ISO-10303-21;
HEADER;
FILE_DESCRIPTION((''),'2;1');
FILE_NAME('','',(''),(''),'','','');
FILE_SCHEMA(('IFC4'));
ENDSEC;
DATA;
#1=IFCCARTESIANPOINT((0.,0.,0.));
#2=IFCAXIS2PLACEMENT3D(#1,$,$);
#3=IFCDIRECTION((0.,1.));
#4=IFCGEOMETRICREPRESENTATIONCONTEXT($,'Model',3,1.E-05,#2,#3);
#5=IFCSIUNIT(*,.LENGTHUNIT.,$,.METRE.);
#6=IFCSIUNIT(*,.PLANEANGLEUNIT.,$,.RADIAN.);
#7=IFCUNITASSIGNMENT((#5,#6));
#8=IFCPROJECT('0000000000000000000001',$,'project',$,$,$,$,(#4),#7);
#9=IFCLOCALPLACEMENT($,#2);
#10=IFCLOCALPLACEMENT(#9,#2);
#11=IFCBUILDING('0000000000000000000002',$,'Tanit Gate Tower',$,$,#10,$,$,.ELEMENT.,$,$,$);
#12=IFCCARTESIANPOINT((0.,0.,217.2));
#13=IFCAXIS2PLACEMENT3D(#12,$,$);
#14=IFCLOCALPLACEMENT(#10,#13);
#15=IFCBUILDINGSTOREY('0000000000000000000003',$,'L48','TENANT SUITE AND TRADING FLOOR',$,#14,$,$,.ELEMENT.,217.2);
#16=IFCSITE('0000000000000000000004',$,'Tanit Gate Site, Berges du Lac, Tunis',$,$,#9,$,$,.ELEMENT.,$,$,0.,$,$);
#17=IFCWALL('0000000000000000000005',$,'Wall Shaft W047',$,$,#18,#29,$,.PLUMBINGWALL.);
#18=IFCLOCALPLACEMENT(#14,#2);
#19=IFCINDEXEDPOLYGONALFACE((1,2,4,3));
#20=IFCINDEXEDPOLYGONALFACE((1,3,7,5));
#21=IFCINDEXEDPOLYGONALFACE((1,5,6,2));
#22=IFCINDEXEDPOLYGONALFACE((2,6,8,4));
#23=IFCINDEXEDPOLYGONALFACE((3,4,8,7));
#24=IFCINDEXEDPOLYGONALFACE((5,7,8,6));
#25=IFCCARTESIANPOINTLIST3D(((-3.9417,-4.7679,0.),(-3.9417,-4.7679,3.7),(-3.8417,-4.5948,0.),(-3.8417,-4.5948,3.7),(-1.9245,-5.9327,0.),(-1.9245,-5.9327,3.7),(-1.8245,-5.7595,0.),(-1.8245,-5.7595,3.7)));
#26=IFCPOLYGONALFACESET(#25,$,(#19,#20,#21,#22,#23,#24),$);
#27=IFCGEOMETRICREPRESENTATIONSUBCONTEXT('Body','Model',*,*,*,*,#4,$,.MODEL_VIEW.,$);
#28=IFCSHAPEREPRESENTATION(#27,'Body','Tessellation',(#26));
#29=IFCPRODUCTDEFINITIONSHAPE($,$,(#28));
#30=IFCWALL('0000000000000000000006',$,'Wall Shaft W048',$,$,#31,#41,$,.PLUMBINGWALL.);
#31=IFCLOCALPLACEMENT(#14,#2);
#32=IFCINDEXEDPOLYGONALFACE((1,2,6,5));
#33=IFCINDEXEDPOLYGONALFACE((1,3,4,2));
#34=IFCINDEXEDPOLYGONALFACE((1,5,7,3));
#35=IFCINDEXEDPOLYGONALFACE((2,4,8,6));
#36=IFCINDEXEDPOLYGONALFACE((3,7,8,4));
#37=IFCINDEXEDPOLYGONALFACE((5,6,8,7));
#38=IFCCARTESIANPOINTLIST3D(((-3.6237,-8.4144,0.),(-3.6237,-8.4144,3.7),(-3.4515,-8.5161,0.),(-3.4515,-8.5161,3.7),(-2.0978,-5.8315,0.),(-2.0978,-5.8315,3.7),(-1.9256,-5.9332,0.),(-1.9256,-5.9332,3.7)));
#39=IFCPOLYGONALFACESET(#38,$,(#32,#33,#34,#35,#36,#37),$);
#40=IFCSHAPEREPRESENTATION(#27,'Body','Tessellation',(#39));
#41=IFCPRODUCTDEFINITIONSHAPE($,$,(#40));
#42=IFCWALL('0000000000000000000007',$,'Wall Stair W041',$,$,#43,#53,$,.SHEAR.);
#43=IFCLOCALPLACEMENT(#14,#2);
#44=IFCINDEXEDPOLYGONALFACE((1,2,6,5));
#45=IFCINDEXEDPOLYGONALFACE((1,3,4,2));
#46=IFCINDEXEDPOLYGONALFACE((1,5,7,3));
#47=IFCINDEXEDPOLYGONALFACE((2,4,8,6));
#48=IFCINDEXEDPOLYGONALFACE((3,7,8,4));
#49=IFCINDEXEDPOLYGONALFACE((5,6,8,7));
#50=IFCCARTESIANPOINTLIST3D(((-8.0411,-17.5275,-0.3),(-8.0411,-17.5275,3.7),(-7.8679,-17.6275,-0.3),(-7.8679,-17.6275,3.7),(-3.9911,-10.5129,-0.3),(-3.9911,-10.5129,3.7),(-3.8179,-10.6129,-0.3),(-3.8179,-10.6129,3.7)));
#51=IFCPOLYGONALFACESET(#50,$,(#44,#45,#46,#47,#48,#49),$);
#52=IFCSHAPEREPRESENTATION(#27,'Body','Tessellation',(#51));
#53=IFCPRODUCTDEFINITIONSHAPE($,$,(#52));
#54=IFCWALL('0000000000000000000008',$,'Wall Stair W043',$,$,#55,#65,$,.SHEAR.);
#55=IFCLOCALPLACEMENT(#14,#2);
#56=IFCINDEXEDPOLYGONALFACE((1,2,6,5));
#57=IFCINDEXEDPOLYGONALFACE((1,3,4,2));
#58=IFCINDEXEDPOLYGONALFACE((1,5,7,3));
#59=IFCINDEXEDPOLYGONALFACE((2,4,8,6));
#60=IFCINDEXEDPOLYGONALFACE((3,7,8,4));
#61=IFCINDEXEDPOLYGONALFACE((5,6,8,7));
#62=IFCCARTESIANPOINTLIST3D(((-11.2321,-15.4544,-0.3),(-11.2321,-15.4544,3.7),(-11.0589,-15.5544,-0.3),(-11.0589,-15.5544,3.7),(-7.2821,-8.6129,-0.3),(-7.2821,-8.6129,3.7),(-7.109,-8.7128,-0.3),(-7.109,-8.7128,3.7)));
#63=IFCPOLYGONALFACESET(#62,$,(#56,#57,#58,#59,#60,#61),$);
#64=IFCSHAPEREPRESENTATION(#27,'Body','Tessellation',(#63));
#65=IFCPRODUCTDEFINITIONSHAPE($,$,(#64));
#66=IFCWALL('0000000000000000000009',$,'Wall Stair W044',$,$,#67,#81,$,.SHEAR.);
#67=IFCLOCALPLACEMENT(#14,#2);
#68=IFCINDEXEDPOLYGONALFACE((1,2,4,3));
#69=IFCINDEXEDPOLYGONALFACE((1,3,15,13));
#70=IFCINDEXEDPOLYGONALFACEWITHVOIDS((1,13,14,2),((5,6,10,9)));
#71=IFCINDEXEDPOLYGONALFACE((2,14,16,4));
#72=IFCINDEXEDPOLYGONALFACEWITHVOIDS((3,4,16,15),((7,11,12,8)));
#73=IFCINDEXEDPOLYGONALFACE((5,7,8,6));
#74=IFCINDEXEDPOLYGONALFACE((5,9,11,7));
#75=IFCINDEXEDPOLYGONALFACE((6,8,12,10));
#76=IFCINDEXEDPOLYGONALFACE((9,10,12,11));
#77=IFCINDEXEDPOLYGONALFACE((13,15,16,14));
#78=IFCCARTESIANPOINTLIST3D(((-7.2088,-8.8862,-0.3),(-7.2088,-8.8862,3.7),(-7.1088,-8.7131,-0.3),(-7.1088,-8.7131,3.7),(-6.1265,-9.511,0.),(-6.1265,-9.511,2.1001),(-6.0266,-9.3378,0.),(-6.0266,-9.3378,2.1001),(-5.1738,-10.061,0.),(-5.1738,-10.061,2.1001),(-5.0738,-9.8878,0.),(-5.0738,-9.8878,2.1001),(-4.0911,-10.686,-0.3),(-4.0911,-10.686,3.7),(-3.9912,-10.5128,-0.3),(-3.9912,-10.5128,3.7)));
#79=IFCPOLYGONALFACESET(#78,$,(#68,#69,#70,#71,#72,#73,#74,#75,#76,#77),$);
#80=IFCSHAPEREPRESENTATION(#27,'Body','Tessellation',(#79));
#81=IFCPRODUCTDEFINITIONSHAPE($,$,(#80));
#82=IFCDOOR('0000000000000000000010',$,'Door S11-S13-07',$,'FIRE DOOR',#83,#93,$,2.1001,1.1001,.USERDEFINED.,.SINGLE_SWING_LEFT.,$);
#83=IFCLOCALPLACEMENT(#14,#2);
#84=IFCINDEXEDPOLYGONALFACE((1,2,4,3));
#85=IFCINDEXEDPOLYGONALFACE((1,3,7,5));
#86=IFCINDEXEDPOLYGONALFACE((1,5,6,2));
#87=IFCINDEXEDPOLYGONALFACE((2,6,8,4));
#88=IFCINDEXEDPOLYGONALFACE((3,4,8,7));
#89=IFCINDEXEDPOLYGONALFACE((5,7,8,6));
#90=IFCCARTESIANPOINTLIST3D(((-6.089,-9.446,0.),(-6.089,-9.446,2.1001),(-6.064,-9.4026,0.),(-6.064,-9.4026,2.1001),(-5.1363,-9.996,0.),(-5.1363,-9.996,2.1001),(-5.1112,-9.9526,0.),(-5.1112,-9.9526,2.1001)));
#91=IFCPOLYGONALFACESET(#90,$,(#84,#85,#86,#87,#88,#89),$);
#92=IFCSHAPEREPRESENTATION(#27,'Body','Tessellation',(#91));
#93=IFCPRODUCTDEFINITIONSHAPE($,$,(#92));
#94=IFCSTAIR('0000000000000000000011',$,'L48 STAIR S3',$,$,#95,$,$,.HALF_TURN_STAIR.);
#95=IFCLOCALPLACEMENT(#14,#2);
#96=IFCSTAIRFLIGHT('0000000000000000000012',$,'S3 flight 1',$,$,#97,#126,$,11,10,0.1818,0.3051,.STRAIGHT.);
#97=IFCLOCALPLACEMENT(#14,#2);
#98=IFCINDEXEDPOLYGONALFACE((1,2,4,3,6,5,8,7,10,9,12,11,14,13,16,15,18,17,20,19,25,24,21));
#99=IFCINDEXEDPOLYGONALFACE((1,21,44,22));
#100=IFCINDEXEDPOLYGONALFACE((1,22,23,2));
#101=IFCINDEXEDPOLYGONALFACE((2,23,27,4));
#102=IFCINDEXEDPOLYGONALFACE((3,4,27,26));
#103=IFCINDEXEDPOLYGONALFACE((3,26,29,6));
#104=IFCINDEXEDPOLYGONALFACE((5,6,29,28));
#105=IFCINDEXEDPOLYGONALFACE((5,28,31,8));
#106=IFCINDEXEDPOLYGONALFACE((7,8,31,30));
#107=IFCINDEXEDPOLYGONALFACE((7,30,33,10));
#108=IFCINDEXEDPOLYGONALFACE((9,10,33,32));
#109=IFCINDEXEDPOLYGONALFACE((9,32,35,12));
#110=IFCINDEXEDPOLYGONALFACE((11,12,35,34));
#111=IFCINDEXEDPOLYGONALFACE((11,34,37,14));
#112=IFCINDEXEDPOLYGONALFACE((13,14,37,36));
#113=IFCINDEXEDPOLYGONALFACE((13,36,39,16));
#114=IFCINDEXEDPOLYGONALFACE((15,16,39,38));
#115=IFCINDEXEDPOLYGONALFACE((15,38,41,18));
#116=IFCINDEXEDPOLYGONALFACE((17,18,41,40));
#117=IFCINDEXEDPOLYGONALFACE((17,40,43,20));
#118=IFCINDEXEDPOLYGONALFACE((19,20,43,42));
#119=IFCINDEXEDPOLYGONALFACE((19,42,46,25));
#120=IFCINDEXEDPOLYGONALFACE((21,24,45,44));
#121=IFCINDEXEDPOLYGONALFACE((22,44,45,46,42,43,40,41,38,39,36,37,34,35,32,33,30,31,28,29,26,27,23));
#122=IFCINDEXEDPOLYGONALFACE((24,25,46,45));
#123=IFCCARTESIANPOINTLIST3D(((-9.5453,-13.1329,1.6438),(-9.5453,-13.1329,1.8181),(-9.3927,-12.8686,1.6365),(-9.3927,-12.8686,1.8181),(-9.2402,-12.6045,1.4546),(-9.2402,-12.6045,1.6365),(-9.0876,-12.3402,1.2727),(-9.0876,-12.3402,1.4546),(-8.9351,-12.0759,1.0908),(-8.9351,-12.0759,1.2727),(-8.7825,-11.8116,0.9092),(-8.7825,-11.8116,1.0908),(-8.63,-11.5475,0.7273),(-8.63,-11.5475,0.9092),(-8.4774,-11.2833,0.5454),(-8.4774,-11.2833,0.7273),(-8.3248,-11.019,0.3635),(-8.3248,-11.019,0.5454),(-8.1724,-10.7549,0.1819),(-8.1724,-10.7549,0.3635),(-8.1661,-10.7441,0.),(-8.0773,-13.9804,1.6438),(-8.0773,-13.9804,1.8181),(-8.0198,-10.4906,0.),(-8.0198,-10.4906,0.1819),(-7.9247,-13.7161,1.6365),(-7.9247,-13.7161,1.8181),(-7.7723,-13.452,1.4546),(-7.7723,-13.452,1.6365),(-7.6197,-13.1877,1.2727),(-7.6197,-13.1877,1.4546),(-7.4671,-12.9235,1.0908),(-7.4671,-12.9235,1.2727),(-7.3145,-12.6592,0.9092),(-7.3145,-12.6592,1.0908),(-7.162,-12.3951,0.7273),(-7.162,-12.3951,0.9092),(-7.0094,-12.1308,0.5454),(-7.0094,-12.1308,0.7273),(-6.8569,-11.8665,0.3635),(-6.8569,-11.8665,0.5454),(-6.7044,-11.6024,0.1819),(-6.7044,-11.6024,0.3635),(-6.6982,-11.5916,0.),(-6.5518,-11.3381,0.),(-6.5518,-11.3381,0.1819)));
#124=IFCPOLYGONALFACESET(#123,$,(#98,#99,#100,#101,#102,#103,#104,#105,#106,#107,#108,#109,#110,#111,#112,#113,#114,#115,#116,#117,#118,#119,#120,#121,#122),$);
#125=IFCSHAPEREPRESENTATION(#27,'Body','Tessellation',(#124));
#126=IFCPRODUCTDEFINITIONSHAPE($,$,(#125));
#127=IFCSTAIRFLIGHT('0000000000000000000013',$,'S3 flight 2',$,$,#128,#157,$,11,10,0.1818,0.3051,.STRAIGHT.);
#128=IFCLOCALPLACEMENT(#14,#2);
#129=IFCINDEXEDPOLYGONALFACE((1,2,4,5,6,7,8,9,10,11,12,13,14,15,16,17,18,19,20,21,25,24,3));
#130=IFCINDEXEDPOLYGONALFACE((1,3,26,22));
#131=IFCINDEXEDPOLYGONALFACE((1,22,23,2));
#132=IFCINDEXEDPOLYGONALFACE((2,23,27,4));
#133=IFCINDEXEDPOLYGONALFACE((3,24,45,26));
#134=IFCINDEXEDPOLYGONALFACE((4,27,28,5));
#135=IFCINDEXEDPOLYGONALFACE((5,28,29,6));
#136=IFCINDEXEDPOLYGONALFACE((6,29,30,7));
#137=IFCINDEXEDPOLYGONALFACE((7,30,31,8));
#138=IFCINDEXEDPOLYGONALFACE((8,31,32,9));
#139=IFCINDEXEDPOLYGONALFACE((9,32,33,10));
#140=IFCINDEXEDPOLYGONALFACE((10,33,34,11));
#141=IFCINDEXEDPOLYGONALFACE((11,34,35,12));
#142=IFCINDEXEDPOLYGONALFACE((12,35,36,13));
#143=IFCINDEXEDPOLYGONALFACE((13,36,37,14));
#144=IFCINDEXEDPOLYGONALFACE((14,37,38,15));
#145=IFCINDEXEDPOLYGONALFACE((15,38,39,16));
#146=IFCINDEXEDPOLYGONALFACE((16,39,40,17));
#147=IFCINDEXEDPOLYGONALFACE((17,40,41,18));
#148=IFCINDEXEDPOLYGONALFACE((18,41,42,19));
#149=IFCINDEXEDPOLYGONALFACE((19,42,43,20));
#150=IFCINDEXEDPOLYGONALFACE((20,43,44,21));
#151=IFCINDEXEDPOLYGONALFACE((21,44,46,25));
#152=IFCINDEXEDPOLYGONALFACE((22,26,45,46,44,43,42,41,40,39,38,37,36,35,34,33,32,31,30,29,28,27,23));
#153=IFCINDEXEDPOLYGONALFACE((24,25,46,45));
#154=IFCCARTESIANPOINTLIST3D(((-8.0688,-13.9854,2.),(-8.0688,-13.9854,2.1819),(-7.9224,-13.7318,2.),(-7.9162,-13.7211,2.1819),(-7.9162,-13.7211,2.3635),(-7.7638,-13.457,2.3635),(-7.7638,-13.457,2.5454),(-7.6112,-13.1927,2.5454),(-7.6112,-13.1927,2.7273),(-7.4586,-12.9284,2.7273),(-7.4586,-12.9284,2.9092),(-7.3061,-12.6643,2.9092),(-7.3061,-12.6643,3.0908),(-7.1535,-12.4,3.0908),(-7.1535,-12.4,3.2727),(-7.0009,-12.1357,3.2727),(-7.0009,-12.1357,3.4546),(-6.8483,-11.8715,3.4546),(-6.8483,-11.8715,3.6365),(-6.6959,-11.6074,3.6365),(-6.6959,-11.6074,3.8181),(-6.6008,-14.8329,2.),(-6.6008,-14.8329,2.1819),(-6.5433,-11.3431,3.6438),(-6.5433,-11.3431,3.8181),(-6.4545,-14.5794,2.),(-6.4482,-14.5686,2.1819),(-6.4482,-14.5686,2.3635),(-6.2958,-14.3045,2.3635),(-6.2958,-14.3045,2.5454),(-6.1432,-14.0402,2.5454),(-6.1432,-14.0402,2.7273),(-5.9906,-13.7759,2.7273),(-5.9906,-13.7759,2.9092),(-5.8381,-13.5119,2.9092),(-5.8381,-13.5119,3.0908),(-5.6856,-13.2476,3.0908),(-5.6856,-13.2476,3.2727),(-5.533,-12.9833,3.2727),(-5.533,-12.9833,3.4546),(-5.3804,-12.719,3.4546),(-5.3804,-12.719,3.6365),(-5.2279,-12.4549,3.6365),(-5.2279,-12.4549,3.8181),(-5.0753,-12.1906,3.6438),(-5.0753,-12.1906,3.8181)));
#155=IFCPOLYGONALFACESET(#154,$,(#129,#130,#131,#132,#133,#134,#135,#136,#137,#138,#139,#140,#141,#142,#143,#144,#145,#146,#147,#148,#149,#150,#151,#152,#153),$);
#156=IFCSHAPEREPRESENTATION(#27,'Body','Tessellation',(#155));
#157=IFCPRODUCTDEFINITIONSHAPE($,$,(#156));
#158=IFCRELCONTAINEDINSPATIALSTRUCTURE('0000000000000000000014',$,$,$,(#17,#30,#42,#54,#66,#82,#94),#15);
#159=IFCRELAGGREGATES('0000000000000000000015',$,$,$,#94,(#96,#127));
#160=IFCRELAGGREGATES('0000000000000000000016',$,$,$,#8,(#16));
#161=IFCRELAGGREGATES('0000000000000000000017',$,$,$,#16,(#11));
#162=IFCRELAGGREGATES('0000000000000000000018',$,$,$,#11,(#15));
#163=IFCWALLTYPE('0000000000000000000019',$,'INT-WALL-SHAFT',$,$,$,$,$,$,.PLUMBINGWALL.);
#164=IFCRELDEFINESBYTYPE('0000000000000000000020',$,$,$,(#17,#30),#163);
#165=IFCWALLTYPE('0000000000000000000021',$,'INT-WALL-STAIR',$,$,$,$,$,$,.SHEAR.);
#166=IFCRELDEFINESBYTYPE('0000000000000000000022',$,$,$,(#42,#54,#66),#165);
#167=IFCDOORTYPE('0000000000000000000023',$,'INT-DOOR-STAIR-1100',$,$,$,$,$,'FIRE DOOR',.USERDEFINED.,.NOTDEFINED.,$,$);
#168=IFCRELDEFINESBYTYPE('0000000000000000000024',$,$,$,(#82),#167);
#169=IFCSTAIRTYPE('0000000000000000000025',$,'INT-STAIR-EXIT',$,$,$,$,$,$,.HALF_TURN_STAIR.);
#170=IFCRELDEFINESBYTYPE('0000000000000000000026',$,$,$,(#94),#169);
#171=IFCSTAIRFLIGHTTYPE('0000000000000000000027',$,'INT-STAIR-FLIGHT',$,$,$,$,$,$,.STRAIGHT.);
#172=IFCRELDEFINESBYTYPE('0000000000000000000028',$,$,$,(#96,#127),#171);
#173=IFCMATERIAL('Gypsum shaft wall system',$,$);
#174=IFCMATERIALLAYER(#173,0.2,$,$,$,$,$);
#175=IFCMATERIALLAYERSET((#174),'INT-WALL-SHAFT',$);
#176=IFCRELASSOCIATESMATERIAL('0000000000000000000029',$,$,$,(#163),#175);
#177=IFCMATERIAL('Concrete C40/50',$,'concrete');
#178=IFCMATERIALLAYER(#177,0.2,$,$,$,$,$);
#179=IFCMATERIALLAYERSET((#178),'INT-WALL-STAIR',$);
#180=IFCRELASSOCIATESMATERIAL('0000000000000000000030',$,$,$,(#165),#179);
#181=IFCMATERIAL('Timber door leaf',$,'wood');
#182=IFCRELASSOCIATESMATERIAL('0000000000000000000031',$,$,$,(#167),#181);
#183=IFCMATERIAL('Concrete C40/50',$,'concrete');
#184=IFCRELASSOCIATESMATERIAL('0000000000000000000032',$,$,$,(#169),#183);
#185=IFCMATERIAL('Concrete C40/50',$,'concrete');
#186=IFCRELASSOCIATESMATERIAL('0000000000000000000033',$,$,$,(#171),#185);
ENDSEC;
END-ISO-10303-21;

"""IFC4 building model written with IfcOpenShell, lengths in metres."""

from ifc_helpers import new_model, si_unit, direction, frame, frame_2d, origin, place, context, subcontext, project, spatial, polyline, rectangle, outline, extrude, material, layer, layer_set, type_object, element, fill, aggregate, save


model = new_model("IFC4")

# Units and contexts
model_context = context("Model", 3, precision=1e-05, world=origin(), true_north=direction((0.0, 1.0)))
body_context = subcontext(model_context, "Body", "Model", "MODEL_VIEW")
ifc_project = project(units=[si_unit("LENGTHUNIT", "METRE"), si_unit("PLANEANGLEUNIT", "RADIAN")], contexts=[model_context])

# Site, building, storey
site_placement = place(None, origin())
site = spatial("IfcSite", under=ifc_project, at=site_placement, Name="Tanit Gate Site, Berges du Lac, Tunis", CompositionType="ELEMENT", RefElevation=0.0)
building_placement = place(site_placement, origin())
building = spatial("IfcBuilding", under=site, at=building_placement, Name="Tanit Gate Tower", CompositionType="ELEMENT")
storey_placement = place(building_placement, frame((0.0, 0.0, 217.2)))
storey = spatial("IfcBuildingStorey", under=building, at=storey_placement, Name="L48", Description="TENANT SUITE AND TRADING FLOOR", CompositionType="ELEMENT", Elevation=217.2)

# Shared definitions
ifc_material_1 = material(Name="Gypsum shaft wall system")
ifc_layer_1 = layer(ifc_material_1, 0.2)
ifc_layer_set_1 = layer_set([ifc_layer_1], Name="INT-WALL-SHAFT")
wall_type_1 = type_object("IfcWallType", Name="INT-WALL-SHAFT", PredefinedType="PLUMBINGWALL", material=ifc_layer_set_1)

# Walls
wall_1_placement = place(storey_placement, frame((-3.8916, -4.6814, 0.0), z_axis=(0.0, 0.0, 1.0), x_axis=(0.866009, -0.500028, 0.0)))
element("IfcWall", 1, at=wall_1_placement, inside=storey, type_object=wall_type_1, Name="Wall Shaft W047", PredefinedType="PLUMBINGWALL", context=body_context, shape_type="SweptSolid", body=[
    extrude(rectangle(XDim=2.3293, YDim=0.2, at=frame_2d((1.1646, 0.0))), origin(), (0.0, 0.0, 1.0), 3.7),
])
wall_2_placement = place(storey_placement, frame((-2.0117, -5.8823, 0.0), z_axis=(0.0, 0.0, 1.0), x_axis=(-0.50862, -0.860991, 0.0)))
element("IfcWall", 2, at=wall_2_placement, inside=storey, type_object=wall_type_1, Name="Wall Shaft W048", PredefinedType="PLUMBINGWALL", context=body_context, shape_type="SweptSolid", body=[
    extrude(rectangle(XDim=3.0, YDim=0.2, at=frame_2d((1.5, 0.0))), origin(), (0.0, 0.0, 1.0), 3.7),
])
ifc_material_2 = material(Name="Concrete C40/50", Category="concrete")
ifc_layer_2 = layer(ifc_material_2, 0.2)
ifc_layer_set_2 = layer_set([ifc_layer_2], Name="INT-WALL-STAIR")
wall_type_2 = type_object("IfcWallType", Name="INT-WALL-STAIR", PredefinedType="SHEAR", material=ifc_layer_set_2)
wall_3_placement = place(storey_placement, frame((-3.9045, -10.563, -0.3), z_axis=(0.0, 0.0, 1.0), x_axis=(-0.500013, -0.866018, 0.0)))
element("IfcWall", 3, at=wall_3_placement, inside=storey, type_object=wall_type_2, Name="Wall Stair W041", PredefinedType="SHEAR", context=body_context, shape_type="SweptSolid", body=[
    extrude(rectangle(XDim=8.0999, YDim=0.2, at=frame_2d((4.0498, 0.0))), origin(), (0.0, 0.0, 1.0), 4.0),
])
wall_4_placement = place(storey_placement, frame((-7.1956, -8.6628, -0.3), z_axis=(0.0, 0.0, 1.0), x_axis=(-0.499998, -0.866027, 0.0)))
element("IfcWall", 4, at=wall_4_placement, inside=storey, type_object=wall_type_2, Name="Wall Stair W043", PredefinedType="SHEAR", context=body_context, shape_type="SweptSolid", body=[
    extrude(rectangle(XDim=7.8999, YDim=0.2, at=frame_2d((3.95, 0.0))), origin(), (0.0, 0.0, 1.0), 4.0),
])

# Wall, opening, door
wall_5_placement = place(storey_placement, frame((-4.0413, -10.5994, -0.3), z_axis=(0.0, 0.0, 1.0), x_axis=(-0.866048, 0.499961, 0.0)))
wall_5 = element("IfcWall", 5, at=wall_5_placement, inside=storey, type_object=wall_type_2, Name="Wall Stair W044", PredefinedType="SHEAR", context=body_context, shape_type="SweptSolid", body=[
    extrude(rectangle(XDim=3.5999, YDim=0.2, at=frame_2d((1.7998, 0.0))), origin(), (0.0, 0.0, 1.0), 4.0),
])
opening_1_placement = place(wall_5_placement, frame((1.25, 0.0, 0.3)))
opening_1 = element("IfcOpeningElement", 6, at=opening_1_placement, cuts=wall_5, PredefinedType="OPENING", context=body_context, shape_type="SweptSolid", body=[
    extrude(rectangle(XDim=1.1001, YDim=2.1001, at=frame_2d((0.55, 1.05))), frame((0.0, 0.1099, 0.0), z_axis=(0.0, -1.0, 0.0), x_axis=(1.0, 0.0, 0.0)), (0.0, 0.0, 1.0), 0.22),
])
ifc_material_3 = material(Name="Timber door leaf", Category="wood")
door_type_1 = type_object("IfcDoorType", Name="INT-DOOR-STAIR-1100", ElementType="FIRE DOOR", OperationType="NOTDEFINED", PredefinedType="USERDEFINED", material=ifc_material_3)
door_1_placement = place(opening_1_placement, origin())
door_1 = element("IfcDoor", 7, at=door_1_placement, inside=storey, type_object=door_type_1, Name="Door S11-S13-07", ObjectType="FIRE DOOR", OperationType="SINGLE_SWING_LEFT", OverallHeight=2.1001, OverallWidth=1.1001, PredefinedType="USERDEFINED", context=body_context, shape_type="SweptSolid", body=[
    extrude(rectangle(XDim=1.1001, YDim=2.1001, at=frame_2d((0.55, 1.05))), frame((0.0, 0.0249, 0.0), z_axis=(0.0, -1.0, 0.0), x_axis=(1.0, 0.0, 0.0)), (0.0, 0.0, 1.0), 0.05),
])
fill(opening_1, door_1)

# Stair, stair flights
ifc_material_4 = material(Name="Concrete C40/50", Category="concrete")
stair_type = type_object("IfcStairType", Name="INT-STAIR-EXIT", PredefinedType="HALF_TURN_STAIR", material=ifc_material_4)
stair_placement = place(storey_placement, origin())
stair = element("IfcStair", 8, at=stair_placement, inside=storey, type_object=stair_type, Name="L48 STAIR S3", PredefinedType="HALF_TURN_STAIR")
ifc_material_5 = material(Name="Concrete C40/50", Category="concrete")
stair_flight_type = type_object("IfcStairFlightType", Name="INT-STAIR-FLIGHT", PredefinedType="STRAIGHT", material=ifc_material_5)
stair_flight_1_placement = place(storey_placement, frame((-7.2859, -10.9143, 0.0), z_axis=(0.0, 0.0, 1.0), x_axis=(-0.5, -0.866025, 0.0)))
stair_flight_1 = element("IfcStairFlight", 9, at=stair_flight_1_placement, type_object=stair_flight_type, Name="S3 flight 1", NumberOfRisers=11, NumberOfTreads=10, PredefinedType="STRAIGHT", RiserHeight=0.1818, TreadLength=0.3051, context=body_context, shape_type="SweptSolid", body=[
    extrude(outline(polyline([(0.0, 0.0), (0.0, 0.1819), (0.3052, 0.1819), (0.3052, 0.3635), (0.6101, 0.3635), (0.6101, 0.5454), (0.9153, 0.5454), (0.9153, 0.7273), (1.2205, 0.7273), (1.2205, 0.9092), (1.5254, 0.9092), (1.5254, 1.0908), (1.8306, 1.0908), (1.8306, 1.2727), (2.1357, 1.2727), (2.1357, 1.4546), (2.4409, 1.4546), (2.4409, 1.6365), (2.7458, 1.6365), (2.7458, 1.8181), (3.051, 1.8181), (3.051, 2.0), (3.051, 1.6438), (0.2927, 0.0), (0.0, 0.0)])), frame((0.0, 0.8477, 0.0), z_axis=(0.0, -1.0, 0.0), x_axis=(1.0, 0.0, 0.0)), (0.0, 0.0, 1.0), 1.6951),
])
stair_flight_2_placement = place(storey_placement, frame((-7.3347, -14.4092, 2.0), z_axis=(0.0, 0.0, 1.0), x_axis=(0.5, 0.866025, 0.0)))
stair_flight_2 = element("IfcStairFlight", 10, at=stair_flight_2_placement, type_object=stair_flight_type, Name="S3 flight 2", NumberOfRisers=11, NumberOfTreads=10, PredefinedType="STRAIGHT", RiserHeight=0.1818, TreadLength=0.3051, context=body_context, shape_type="SweptSolid", body=[
    extrude(outline(polyline([(0.0, 0.0), (0.0, 0.1819), (0.3052, 0.1819), (0.3052, 0.3635), (0.6101, 0.3635), (0.6101, 0.5454), (0.9153, 0.5454), (0.9153, 0.7273), (1.2205, 0.7273), (1.2205, 0.9092), (1.5254, 0.9092), (1.5254, 1.0908), (1.8306, 1.0908), (1.8306, 1.2727), (2.1357, 1.2727), (2.1357, 1.4546), (2.4409, 1.4546), (2.4409, 1.6365), (2.7458, 1.6365), (2.7458, 1.8181), (3.051, 1.8181), (3.051, 2.0), (3.051, 1.6438), (0.2927, 0.0), (0.0, 0.0)])), frame((0.0, 0.8477, 0.0), z_axis=(0.0, -1.0, 0.0), x_axis=(1.0, 0.0, 0.0)), (0.0, 0.0, 1.0), 1.6951),
])
aggregate(stair, [stair_flight_1, stair_flight_2])

save(model, "model.ifc")
